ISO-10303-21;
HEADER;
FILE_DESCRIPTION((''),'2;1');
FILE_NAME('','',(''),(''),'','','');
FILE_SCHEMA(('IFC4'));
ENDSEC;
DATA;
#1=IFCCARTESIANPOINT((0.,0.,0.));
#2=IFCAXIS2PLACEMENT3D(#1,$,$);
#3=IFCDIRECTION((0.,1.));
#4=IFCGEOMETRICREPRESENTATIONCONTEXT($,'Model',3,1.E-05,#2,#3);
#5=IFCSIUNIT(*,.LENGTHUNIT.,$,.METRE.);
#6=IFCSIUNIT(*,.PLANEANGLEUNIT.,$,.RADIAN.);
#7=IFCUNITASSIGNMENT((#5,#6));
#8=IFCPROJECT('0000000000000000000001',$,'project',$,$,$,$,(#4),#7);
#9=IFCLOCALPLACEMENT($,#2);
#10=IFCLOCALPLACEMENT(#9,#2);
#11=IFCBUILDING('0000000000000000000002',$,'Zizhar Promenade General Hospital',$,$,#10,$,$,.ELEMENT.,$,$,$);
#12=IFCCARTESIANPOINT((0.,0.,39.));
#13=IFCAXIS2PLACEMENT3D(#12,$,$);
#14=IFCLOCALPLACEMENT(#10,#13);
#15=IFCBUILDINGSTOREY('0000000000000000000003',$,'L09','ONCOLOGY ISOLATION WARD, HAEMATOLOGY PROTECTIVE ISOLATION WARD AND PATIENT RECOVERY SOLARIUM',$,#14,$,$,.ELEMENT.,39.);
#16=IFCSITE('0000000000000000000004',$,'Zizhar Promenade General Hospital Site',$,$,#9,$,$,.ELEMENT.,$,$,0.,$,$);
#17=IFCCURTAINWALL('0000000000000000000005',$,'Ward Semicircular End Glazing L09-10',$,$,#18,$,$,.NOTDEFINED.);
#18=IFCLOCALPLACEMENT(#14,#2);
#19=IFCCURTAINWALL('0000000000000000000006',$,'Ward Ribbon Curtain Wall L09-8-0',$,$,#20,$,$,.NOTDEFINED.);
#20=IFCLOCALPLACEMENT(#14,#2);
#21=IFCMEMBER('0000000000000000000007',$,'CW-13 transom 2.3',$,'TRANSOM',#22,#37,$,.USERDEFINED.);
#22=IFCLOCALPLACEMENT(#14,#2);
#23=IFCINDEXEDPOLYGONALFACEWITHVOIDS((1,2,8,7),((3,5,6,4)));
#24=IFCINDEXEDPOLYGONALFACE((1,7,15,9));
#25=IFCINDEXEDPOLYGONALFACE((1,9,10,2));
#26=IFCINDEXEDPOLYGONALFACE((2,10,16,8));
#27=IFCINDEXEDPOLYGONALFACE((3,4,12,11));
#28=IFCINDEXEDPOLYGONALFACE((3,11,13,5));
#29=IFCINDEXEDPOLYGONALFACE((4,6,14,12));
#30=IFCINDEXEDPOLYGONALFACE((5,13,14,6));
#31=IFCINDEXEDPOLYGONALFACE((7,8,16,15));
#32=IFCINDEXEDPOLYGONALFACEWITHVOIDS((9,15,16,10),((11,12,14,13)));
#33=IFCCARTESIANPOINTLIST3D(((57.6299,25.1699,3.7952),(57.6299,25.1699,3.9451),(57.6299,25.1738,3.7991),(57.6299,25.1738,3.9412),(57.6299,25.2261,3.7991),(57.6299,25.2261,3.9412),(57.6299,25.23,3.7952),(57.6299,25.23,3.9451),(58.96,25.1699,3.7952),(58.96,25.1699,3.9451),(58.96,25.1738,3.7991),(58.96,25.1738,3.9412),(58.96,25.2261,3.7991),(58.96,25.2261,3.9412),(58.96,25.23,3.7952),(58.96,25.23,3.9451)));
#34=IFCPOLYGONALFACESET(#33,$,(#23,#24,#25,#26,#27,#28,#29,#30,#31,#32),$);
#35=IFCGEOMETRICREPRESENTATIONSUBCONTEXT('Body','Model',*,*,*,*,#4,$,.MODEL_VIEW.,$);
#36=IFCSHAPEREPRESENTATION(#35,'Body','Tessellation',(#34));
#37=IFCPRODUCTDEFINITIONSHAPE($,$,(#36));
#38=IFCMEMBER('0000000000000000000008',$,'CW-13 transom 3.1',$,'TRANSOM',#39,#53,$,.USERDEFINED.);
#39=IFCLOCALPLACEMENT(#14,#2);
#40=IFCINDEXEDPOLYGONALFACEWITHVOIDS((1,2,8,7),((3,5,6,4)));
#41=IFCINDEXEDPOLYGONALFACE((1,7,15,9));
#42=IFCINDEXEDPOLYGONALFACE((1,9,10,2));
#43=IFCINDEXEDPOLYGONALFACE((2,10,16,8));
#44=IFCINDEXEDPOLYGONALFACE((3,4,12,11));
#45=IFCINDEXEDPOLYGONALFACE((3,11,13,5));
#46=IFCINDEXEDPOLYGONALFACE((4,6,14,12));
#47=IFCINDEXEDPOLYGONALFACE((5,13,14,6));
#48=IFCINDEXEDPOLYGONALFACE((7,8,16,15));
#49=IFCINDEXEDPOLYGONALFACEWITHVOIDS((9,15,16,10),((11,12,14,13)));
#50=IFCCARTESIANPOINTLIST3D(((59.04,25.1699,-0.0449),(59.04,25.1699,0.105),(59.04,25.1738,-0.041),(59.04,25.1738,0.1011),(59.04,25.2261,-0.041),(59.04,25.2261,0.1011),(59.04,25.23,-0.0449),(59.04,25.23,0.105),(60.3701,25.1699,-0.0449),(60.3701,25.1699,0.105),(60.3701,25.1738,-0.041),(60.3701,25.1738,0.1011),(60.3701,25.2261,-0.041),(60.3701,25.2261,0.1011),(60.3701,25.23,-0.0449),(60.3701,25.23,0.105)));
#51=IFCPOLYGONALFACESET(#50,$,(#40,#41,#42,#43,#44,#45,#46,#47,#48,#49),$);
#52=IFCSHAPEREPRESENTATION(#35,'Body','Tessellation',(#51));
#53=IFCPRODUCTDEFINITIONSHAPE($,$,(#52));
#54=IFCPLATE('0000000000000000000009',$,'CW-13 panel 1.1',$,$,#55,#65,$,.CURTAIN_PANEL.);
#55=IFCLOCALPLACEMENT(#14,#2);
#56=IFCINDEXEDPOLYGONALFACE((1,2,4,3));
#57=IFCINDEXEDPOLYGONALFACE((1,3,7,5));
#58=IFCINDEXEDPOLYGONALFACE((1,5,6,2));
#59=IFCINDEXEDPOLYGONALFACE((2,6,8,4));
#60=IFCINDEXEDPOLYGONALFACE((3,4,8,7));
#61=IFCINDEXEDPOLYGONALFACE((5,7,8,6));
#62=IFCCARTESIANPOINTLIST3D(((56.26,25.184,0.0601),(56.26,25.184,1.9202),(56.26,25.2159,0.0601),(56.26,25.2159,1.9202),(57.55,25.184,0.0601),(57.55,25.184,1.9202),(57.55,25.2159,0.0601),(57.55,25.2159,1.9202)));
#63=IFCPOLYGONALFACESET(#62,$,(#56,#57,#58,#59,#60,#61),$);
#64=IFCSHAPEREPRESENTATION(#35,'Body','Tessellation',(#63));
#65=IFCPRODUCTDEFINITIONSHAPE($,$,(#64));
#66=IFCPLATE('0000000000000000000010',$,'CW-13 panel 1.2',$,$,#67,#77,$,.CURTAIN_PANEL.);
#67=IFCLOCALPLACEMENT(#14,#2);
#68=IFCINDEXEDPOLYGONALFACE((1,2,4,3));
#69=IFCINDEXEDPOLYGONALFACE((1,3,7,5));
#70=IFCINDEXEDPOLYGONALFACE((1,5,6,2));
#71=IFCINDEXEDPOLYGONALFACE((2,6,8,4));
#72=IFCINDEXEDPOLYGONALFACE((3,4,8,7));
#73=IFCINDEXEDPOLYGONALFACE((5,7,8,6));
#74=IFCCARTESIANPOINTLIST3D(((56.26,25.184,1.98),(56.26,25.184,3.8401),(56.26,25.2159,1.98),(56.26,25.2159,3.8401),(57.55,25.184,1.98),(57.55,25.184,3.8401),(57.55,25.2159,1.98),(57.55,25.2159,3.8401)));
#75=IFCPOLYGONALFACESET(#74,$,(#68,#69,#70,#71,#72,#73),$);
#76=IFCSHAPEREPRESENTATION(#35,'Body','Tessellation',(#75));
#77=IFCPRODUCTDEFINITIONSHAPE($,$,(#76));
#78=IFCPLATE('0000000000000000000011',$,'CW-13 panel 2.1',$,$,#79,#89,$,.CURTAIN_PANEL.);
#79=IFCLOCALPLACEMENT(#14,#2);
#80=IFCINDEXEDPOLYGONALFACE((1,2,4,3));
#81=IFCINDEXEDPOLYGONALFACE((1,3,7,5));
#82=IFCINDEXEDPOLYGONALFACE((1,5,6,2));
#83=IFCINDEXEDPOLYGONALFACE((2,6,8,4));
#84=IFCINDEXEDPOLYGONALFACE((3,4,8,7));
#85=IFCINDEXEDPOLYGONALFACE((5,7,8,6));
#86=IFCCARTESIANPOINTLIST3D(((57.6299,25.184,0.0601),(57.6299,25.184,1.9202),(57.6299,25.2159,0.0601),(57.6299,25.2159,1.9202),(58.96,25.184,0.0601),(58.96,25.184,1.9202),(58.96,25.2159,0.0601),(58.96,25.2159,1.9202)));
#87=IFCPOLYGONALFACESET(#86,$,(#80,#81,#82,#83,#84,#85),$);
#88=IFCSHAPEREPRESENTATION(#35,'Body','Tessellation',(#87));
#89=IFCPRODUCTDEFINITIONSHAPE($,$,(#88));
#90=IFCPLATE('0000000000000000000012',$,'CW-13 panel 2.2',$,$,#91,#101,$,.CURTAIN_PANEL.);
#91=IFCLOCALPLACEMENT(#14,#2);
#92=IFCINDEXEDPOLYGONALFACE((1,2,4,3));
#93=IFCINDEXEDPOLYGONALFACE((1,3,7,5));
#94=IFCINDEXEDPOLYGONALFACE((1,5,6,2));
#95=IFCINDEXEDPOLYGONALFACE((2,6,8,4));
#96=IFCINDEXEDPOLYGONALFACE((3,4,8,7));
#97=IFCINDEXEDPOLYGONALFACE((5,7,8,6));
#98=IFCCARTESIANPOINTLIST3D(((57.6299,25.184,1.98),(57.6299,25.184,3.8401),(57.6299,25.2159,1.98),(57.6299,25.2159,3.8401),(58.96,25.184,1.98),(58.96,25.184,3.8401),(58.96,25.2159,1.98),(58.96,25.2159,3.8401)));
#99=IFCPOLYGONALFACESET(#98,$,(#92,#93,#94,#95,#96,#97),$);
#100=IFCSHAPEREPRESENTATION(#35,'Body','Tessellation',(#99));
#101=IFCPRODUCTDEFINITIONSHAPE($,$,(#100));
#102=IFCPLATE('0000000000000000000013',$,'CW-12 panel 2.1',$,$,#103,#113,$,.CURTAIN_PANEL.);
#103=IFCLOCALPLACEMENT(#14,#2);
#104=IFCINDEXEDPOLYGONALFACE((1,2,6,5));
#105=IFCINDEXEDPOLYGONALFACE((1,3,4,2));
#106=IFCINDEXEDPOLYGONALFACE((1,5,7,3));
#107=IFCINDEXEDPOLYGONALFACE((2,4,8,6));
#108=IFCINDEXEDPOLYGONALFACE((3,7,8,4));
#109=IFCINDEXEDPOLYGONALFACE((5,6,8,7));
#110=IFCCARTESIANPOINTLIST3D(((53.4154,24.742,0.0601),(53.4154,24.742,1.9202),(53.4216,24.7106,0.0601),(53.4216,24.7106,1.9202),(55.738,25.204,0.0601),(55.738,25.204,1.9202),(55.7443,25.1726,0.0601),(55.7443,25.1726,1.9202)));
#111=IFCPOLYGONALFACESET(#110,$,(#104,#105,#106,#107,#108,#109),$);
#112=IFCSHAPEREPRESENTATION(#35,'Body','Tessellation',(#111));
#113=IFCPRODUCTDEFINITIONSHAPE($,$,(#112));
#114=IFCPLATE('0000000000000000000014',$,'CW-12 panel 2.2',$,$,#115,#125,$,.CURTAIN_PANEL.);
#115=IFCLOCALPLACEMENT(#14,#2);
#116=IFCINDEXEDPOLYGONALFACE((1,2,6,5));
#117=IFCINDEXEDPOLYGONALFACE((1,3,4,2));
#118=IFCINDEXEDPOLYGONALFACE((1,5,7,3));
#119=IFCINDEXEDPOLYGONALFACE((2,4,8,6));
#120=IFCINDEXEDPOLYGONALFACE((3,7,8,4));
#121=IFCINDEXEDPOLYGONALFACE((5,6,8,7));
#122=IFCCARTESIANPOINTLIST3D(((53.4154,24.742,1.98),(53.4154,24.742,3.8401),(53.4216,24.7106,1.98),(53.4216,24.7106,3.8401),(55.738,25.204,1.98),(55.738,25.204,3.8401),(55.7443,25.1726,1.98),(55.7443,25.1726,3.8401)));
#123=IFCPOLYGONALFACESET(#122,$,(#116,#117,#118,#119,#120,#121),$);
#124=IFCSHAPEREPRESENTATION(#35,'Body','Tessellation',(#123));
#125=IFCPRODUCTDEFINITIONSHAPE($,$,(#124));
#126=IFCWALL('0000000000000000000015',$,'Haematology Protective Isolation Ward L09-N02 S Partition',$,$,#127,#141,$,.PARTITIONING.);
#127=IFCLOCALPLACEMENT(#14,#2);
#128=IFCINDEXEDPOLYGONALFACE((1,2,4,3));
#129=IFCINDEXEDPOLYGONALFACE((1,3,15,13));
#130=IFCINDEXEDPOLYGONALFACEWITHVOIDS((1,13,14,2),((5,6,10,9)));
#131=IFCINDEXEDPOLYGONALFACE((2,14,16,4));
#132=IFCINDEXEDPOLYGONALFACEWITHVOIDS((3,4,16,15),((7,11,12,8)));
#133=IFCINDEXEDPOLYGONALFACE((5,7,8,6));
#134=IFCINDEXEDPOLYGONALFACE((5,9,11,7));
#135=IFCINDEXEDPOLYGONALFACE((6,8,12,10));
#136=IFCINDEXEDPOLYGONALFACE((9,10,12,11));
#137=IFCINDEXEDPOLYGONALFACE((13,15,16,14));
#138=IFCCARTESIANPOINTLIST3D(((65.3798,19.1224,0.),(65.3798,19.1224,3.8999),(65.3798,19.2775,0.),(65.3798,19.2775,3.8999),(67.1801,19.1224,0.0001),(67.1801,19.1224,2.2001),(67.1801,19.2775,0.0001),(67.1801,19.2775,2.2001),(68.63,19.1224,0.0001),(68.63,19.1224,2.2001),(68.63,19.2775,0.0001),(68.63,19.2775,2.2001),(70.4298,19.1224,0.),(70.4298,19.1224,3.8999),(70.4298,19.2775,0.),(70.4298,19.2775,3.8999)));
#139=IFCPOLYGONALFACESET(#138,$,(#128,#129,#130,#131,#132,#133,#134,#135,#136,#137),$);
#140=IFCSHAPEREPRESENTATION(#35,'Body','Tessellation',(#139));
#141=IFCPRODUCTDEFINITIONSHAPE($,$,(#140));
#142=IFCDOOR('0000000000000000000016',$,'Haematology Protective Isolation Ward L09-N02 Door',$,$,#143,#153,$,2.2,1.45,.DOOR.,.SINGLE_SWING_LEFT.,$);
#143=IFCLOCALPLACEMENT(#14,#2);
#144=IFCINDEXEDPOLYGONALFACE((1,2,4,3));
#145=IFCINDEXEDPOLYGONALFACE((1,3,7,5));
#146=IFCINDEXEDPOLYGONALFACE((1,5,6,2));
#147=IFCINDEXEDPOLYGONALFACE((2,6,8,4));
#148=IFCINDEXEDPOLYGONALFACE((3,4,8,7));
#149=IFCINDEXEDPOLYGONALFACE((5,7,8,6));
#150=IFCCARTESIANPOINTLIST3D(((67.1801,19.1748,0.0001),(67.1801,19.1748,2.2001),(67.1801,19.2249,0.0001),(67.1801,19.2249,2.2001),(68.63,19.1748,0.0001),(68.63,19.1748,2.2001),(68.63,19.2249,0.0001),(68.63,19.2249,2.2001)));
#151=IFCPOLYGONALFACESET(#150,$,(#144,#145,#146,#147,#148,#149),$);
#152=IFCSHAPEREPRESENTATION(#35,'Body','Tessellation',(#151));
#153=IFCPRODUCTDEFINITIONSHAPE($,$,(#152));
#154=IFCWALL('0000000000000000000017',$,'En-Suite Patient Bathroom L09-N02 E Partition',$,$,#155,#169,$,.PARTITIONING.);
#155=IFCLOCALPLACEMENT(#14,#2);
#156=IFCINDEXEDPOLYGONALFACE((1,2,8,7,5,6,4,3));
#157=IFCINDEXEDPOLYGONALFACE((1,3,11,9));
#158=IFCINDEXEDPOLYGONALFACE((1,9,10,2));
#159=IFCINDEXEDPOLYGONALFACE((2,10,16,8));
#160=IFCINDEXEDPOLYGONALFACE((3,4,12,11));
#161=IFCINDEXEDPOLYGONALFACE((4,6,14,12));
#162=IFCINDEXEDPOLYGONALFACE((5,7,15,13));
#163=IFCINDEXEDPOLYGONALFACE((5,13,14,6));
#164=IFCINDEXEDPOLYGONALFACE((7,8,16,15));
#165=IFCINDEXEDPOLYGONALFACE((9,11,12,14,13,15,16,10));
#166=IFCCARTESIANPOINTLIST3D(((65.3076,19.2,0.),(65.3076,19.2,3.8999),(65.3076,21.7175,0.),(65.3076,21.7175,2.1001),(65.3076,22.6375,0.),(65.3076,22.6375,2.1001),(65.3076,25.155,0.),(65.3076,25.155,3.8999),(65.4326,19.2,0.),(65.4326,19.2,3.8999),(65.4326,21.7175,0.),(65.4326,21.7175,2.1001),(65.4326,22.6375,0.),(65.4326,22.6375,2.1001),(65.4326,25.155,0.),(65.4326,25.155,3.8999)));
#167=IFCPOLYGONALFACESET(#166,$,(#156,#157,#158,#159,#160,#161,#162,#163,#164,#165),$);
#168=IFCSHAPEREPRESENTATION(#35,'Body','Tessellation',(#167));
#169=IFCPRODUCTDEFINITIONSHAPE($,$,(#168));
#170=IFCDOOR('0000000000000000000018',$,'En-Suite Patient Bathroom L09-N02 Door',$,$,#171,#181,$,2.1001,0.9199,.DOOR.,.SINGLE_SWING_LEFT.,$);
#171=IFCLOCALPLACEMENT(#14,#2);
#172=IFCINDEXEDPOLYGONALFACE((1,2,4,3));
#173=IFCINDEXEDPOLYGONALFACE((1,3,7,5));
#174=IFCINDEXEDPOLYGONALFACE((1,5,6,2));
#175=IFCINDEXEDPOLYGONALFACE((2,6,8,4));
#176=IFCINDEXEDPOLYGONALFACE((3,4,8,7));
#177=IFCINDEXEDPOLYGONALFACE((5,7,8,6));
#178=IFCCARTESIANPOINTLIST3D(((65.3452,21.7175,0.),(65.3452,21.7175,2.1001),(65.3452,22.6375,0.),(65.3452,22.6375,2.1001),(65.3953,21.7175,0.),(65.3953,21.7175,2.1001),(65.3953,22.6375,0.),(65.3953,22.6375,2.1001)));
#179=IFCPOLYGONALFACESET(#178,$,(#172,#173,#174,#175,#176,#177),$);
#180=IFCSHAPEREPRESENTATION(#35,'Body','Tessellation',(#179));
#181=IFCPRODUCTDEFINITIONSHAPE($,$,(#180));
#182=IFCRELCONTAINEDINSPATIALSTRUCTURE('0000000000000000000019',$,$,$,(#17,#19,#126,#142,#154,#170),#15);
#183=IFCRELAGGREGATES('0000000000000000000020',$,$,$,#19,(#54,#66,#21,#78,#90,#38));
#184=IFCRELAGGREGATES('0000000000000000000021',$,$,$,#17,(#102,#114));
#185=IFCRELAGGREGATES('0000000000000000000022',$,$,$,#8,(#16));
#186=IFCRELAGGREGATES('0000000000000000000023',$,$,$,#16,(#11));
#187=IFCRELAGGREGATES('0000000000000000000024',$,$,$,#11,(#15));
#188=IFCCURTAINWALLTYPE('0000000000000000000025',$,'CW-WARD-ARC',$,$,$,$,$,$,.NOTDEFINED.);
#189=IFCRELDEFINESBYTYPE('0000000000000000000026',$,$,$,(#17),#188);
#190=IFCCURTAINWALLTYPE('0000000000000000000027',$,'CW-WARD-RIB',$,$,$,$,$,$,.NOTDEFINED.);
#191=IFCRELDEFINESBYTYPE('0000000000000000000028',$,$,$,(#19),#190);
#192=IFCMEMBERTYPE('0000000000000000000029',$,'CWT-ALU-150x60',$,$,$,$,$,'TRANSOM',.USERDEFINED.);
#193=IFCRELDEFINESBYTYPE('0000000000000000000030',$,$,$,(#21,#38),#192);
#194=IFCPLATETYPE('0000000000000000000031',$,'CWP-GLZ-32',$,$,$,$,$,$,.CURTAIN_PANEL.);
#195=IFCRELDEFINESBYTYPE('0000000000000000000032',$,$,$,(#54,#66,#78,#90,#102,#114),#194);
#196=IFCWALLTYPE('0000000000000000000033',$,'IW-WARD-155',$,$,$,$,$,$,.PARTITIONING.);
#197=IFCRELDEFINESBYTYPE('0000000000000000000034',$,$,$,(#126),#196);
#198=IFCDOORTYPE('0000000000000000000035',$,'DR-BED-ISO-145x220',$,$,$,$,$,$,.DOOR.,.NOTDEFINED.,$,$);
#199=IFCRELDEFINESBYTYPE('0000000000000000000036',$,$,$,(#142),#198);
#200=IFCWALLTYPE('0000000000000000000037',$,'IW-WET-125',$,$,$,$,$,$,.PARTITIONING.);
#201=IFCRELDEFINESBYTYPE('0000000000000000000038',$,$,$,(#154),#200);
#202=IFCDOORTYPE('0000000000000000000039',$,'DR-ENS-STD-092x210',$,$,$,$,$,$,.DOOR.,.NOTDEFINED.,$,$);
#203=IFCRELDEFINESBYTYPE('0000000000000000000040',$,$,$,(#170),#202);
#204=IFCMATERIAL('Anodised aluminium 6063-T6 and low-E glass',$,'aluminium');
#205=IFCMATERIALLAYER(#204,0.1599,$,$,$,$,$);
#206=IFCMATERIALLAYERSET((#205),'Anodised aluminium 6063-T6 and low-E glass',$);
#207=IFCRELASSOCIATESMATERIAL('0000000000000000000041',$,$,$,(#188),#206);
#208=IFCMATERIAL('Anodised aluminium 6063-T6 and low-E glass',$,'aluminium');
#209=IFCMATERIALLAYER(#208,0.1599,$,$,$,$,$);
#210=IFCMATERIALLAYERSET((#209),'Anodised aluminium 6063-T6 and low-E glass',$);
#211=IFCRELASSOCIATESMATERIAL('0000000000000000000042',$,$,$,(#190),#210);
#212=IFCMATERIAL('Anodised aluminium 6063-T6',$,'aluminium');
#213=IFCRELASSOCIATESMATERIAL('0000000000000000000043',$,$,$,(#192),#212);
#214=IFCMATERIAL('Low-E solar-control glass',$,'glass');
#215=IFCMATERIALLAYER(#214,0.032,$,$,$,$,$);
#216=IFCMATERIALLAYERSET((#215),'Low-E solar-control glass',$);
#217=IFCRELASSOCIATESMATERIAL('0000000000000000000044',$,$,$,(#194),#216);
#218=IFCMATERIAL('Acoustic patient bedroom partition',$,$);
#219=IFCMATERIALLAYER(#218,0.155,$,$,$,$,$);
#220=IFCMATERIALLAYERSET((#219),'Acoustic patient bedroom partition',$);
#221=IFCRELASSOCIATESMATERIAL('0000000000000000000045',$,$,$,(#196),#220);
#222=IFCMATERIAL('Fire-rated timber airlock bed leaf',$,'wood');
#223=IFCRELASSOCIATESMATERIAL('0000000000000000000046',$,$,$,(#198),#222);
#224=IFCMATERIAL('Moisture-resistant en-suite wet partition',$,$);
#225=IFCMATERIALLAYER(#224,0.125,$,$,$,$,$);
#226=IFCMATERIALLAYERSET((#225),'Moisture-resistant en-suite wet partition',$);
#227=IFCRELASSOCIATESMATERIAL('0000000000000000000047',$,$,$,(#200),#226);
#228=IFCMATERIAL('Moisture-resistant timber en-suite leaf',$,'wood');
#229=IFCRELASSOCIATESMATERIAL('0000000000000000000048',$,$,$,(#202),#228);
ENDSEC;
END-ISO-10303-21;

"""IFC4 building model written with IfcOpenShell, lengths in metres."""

from ifc_helpers import new_model, si_unit, direction, frame, frame_2d, origin, origin_2d, place, context, subcontext, project, spatial, rectangle, hollow_rectangle, extrude, material, layer, layer_set, material_profile, profile_set, type_object, element, fill, aggregate, save


model = new_model("IFC4")

# Units and contexts
model_context = context("Model", 3, precision=1e-05, world=origin(), true_north=direction((0.0, 1.0)))
body_context = subcontext(model_context, "Body", "Model", "MODEL_VIEW")
ifc_project = project(units=[si_unit("LENGTHUNIT", "METRE"), si_unit("PLANEANGLEUNIT", "RADIAN")], contexts=[model_context])

# Site, building, storey
site_placement = place(None, origin())
site = spatial("IfcSite", under=ifc_project, at=site_placement, Name="Zizhar Promenade General Hospital Site", CompositionType="ELEMENT", RefElevation=0.0)
building_placement = place(site_placement, origin())
building = spatial("IfcBuilding", under=site, at=building_placement, Name="Zizhar Promenade General Hospital", CompositionType="ELEMENT")
storey_placement = place(building_placement, frame((0.0, 0.0, 39.0)))
storey = spatial("IfcBuildingStorey", under=building, at=storey_placement, Name="L09", Description="ONCOLOGY ISOLATION WARD, HAEMATOLOGY PROTECTIVE ISOLATION WARD AND PATIENT RECOVERY SOLARIUM", CompositionType="ELEMENT", Elevation=39.0)

# Curtain wall
ifc_material_1 = material(Name="Anodised aluminium 6063-T6 and low-E glass", Category="aluminium")
ifc_layer_1 = layer(ifc_material_1, 0.1599)
ifc_layer_set_1 = layer_set([ifc_layer_1], Name="Anodised aluminium 6063-T6 and low-E glass")
curtain_wall_type_1 = type_object("IfcCurtainWallType", Name="CW-WARD-ARC", PredefinedType="NOTDEFINED", material=ifc_layer_set_1)
curtain_wall_1_placement = place(storey_placement, origin())
curtain_wall_1 = element("IfcCurtainWall", 1, at=curtain_wall_1_placement, inside=storey, type_object=curtain_wall_type_1, Name="Ward Semicircular End Glazing L09-10", PredefinedType="NOTDEFINED")

# Curtain wall
ifc_material_2 = material(Name="Anodised aluminium 6063-T6 and low-E glass", Category="aluminium")
ifc_layer_2 = layer(ifc_material_2, 0.1599)
ifc_layer_set_2 = layer_set([ifc_layer_2], Name="Anodised aluminium 6063-T6 and low-E glass")
curtain_wall_type_2 = type_object("IfcCurtainWallType", Name="CW-WARD-RIB", PredefinedType="NOTDEFINED", material=ifc_layer_set_2)
curtain_wall_2_placement = place(storey_placement, origin())
curtain_wall_2 = element("IfcCurtainWall", 2, at=curtain_wall_2_placement, inside=storey, type_object=curtain_wall_type_2, Name="Ward Ribbon Curtain Wall L09-8-0", PredefinedType="NOTDEFINED")

# Members
ifc_material_3 = material(Name="Anodised aluminium 6063-T6", Category="aluminium")
ifc_material_profile_1 = material_profile(ifc_material_3, hollow_rectangle(XDim=0.0601, YDim=0.1499, WallThickness=0.0039, at=origin_2d()))
ifc_profile_set_1 = profile_set([ifc_material_profile_1], Name="Anodised aluminium 6063-T6")
member_type_1 = type_object("IfcMemberType", Name="CWT-ALU-150x60", ElementType="TRANSOM", PredefinedType="USERDEFINED", material=ifc_profile_set_1)
member_1_placement = place(storey_placement, frame((57.6299, 25.2, 3.8701), z_axis=(1.0, 0.0, 0.0), x_axis=(0.0, 1.0, 0.0)))
member_1 = element("IfcMember", 3, at=member_1_placement, type_object=member_type_1, Name="CW-13 transom 2.3", ObjectType="TRANSOM", PredefinedType="USERDEFINED", context=body_context, shape_type="SweptSolid", body=[
    extrude(hollow_rectangle(XDim=0.0601, YDim=0.1499, WallThickness=0.0039, at=origin_2d()), origin(), (0.0, 0.0, 1.0), 1.3301),
])
member_2_placement = place(storey_placement, frame((59.04, 25.2, 0.03), z_axis=(1.0, 0.0, 0.0), x_axis=(0.0, 1.0, 0.0)))
member_2 = element("IfcMember", 4, at=member_2_placement, type_object=member_type_1, Name="CW-13 transom 3.1", ObjectType="TRANSOM", PredefinedType="USERDEFINED", context=body_context, shape_type="SweptSolid", body=[
    extrude(hollow_rectangle(XDim=0.0601, YDim=0.1499, WallThickness=0.0039, at=origin_2d()), origin(), (0.0, 0.0, 1.0), 1.3301),
])

# Plates
ifc_material_4 = material(Name="Low-E solar-control glass", Category="glass")
ifc_layer_3 = layer(ifc_material_4, 0.032)
ifc_layer_set_3 = layer_set([ifc_layer_3], Name="Low-E solar-control glass")
plate_type = type_object("IfcPlateType", Name="CWP-GLZ-32", PredefinedType="CURTAIN_PANEL", material=ifc_layer_set_3)
plate_1_placement = place(storey_placement, frame((56.905, 25.2, 0.0601), z_axis=(0.0, 0.0, 1.0), x_axis=(1.0, 0.0, 0.0)))
plate_1 = element("IfcPlate", 5, at=plate_1_placement, type_object=plate_type, Name="CW-13 panel 1.1", PredefinedType="CURTAIN_PANEL", context=body_context, shape_type="SweptSolid", body=[
    extrude(rectangle(XDim=1.29, YDim=0.032, at=origin_2d()), origin(), (0.0, 0.0, 1.0), 1.8601),
])
plate_2_placement = place(storey_placement, frame((56.905, 25.2, 1.98), z_axis=(0.0, 0.0, 1.0), x_axis=(1.0, 0.0, 0.0)))
plate_2 = element("IfcPlate", 6, at=plate_2_placement, type_object=plate_type, Name="CW-13 panel 1.2", PredefinedType="CURTAIN_PANEL", context=body_context, shape_type="SweptSolid", body=[
    extrude(rectangle(XDim=1.29, YDim=0.032, at=origin_2d()), origin(), (0.0, 0.0, 1.0), 1.8601),
])
plate_3_placement = place(storey_placement, frame((58.2949, 25.2, 0.0601), z_axis=(0.0, 0.0, 1.0), x_axis=(1.0, 0.0, 0.0)))
plate_3 = element("IfcPlate", 7, at=plate_3_placement, type_object=plate_type, Name="CW-13 panel 2.1", PredefinedType="CURTAIN_PANEL", context=body_context, shape_type="SweptSolid", body=[
    extrude(rectangle(XDim=1.3301, YDim=0.032, at=origin_2d()), origin(), (0.0, 0.0, 1.0), 1.8601),
])
plate_4_placement = place(storey_placement, frame((58.2949, 25.2, 1.98), z_axis=(0.0, 0.0, 1.0), x_axis=(1.0, 0.0, 0.0)))
plate_4 = element("IfcPlate", 8, at=plate_4_placement, type_object=plate_type, Name="CW-13 panel 2.2", PredefinedType="CURTAIN_PANEL", context=body_context, shape_type="SweptSolid", body=[
    extrude(rectangle(XDim=1.3301, YDim=0.032, at=origin_2d()), origin(), (0.0, 0.0, 1.0), 1.8601),
])
aggregate(curtain_wall_2, [plate_1, plate_2, member_1, plate_3, plate_4, member_2])
plate_5_placement = place(storey_placement, frame((54.5798, 24.9573, 0.0601), z_axis=(0.0, 0.0, 1.0), x_axis=(0.980786, 0.195087, 0.0)))
plate_5 = element("IfcPlate", 9, at=plate_5_placement, type_object=plate_type, Name="CW-12 panel 2.1", PredefinedType="CURTAIN_PANEL", context=body_context, shape_type="SweptSolid", body=[
    extrude(rectangle(XDim=2.3682, YDim=0.032, at=origin_2d()), origin(), (0.0, 0.0, 1.0), 1.8601),
])
plate_6_placement = place(storey_placement, frame((54.5798, 24.9573, 1.98), z_axis=(0.0, 0.0, 1.0), x_axis=(0.980786, 0.195087, 0.0)))
plate_6 = element("IfcPlate", 10, at=plate_6_placement, type_object=plate_type, Name="CW-12 panel 2.2", PredefinedType="CURTAIN_PANEL", context=body_context, shape_type="SweptSolid", body=[
    extrude(rectangle(XDim=2.3682, YDim=0.032, at=origin_2d()), origin(), (0.0, 0.0, 1.0), 1.8601),
])
aggregate(curtain_wall_1, [plate_5, plate_6])

# Walls, openings, doors
ifc_material_5 = material(Name="Acoustic patient bedroom partition")
ifc_layer_4 = layer(ifc_material_5, 0.155)
ifc_layer_set_4 = layer_set([ifc_layer_4], Name="Acoustic patient bedroom partition")
wall_type_1 = type_object("IfcWallType", Name="IW-WARD-155", PredefinedType="PARTITIONING", material=ifc_layer_set_4)
wall_1_placement = place(storey_placement, frame((65.3799, 19.2, 0.0), z_axis=(0.0, 0.0, 1.0), x_axis=(1.0, 0.0, 0.0)))
wall_1 = element("IfcWall", 11, at=wall_1_placement, inside=storey, type_object=wall_type_1, Name="Haematology Protective Isolation Ward L09-N02 S Partition", PredefinedType="PARTITIONING", context=body_context, shape_type="SweptSolid", body=[
    extrude(rectangle(XDim=5.05, YDim=0.155, at=frame_2d((2.5249, 0.0))), origin(), (0.0, 0.0, 1.0), 3.8999),
])
opening_1_placement = place(wall_1_placement, frame((1.8, 0.0, 0.0)))
opening_1 = element("IfcOpeningElement", 12, at=opening_1_placement, cuts=wall_1, PredefinedType="OPENING", context=body_context, shape_type="SweptSolid", body=[
    extrude(rectangle(XDim=1.45, YDim=2.2, at=frame_2d((0.7251, 1.1001))), frame((0.0, 0.0874, 0.0), z_axis=(0.0, -1.0, 0.0), x_axis=(1.0, 0.0, 0.0)), (0.0, 0.0, 1.0), 0.175),
])
ifc_material_6 = material(Name="Fire-rated timber airlock bed leaf", Category="wood")
door_type_1 = type_object("IfcDoorType", Name="DR-BED-ISO-145x220", OperationType="NOTDEFINED", PredefinedType="DOOR", material=ifc_material_6)
door_1_placement = place(opening_1_placement, origin())
door_1 = element("IfcDoor", 13, at=door_1_placement, inside=storey, type_object=door_type_1, Name="Haematology Protective Isolation Ward L09-N02 Door", OperationType="SINGLE_SWING_LEFT", OverallHeight=2.2, OverallWidth=1.45, PredefinedType="DOOR", context=body_context, shape_type="SweptSolid", body=[
    extrude(rectangle(XDim=1.45, YDim=2.2, at=frame_2d((0.7251, 1.1001))), frame((0.0, 0.0249, 0.0), z_axis=(0.0, -1.0, 0.0), x_axis=(1.0, 0.0, 0.0)), (0.0, 0.0, 1.0), 0.05),
])
fill(opening_1, door_1)
ifc_material_7 = material(Name="Moisture-resistant en-suite wet partition")
ifc_layer_5 = layer(ifc_material_7, 0.125)
ifc_layer_set_5 = layer_set([ifc_layer_5], Name="Moisture-resistant en-suite wet partition")
wall_type_2 = type_object("IfcWallType", Name="IW-WET-125", PredefinedType="PARTITIONING", material=ifc_layer_set_5)
wall_2_placement = place(storey_placement, frame((65.3701, 19.2, 0.0), z_axis=(0.0, 0.0, 1.0), x_axis=(0.0, 1.0, 0.0)))
wall_2 = element("IfcWall", 14, at=wall_2_placement, inside=storey, type_object=wall_type_2, Name="En-Suite Patient Bathroom L09-N02 E Partition", PredefinedType="PARTITIONING", context=body_context, shape_type="SweptSolid", body=[
    extrude(rectangle(XDim=5.9551, YDim=0.125, at=frame_2d((2.9775, 0.0))), origin(), (0.0, 0.0, 1.0), 3.8999),
])
opening_2_placement = place(wall_2_placement, frame((2.5176, 0.0, 0.0)))
opening_2 = element("IfcOpeningElement", 15, at=opening_2_placement, cuts=wall_2, PredefinedType="OPENING", context=body_context, shape_type="SweptSolid", body=[
    extrude(rectangle(XDim=0.9199, YDim=2.1001, at=frame_2d((0.46, 1.05))), frame((0.0, 0.0725, 0.0), z_axis=(0.0, -1.0, 0.0), x_axis=(1.0, 0.0, 0.0)), (0.0, 0.0, 1.0), 0.145),
])
ifc_material_8 = material(Name="Moisture-resistant timber en-suite leaf", Category="wood")
door_type_2 = type_object("IfcDoorType", Name="DR-ENS-STD-092x210", OperationType="NOTDEFINED", PredefinedType="DOOR", material=ifc_material_8)
door_2_placement = place(opening_2_placement, origin())
door_2 = element("IfcDoor", 16, at=door_2_placement, inside=storey, type_object=door_type_2, Name="En-Suite Patient Bathroom L09-N02 Door", OperationType="SINGLE_SWING_LEFT", OverallHeight=2.1001, OverallWidth=0.9199, PredefinedType="DOOR", context=body_context, shape_type="SweptSolid", body=[
    extrude(rectangle(XDim=0.9199, YDim=2.1001, at=frame_2d((0.46, 1.05))), frame((0.0, 0.0249, 0.0), z_axis=(0.0, -1.0, 0.0), x_axis=(1.0, 0.0, 0.0)), (0.0, 0.0, 1.0), 0.05),
])
fill(opening_2, door_2)

save(model, "model.ifc")
